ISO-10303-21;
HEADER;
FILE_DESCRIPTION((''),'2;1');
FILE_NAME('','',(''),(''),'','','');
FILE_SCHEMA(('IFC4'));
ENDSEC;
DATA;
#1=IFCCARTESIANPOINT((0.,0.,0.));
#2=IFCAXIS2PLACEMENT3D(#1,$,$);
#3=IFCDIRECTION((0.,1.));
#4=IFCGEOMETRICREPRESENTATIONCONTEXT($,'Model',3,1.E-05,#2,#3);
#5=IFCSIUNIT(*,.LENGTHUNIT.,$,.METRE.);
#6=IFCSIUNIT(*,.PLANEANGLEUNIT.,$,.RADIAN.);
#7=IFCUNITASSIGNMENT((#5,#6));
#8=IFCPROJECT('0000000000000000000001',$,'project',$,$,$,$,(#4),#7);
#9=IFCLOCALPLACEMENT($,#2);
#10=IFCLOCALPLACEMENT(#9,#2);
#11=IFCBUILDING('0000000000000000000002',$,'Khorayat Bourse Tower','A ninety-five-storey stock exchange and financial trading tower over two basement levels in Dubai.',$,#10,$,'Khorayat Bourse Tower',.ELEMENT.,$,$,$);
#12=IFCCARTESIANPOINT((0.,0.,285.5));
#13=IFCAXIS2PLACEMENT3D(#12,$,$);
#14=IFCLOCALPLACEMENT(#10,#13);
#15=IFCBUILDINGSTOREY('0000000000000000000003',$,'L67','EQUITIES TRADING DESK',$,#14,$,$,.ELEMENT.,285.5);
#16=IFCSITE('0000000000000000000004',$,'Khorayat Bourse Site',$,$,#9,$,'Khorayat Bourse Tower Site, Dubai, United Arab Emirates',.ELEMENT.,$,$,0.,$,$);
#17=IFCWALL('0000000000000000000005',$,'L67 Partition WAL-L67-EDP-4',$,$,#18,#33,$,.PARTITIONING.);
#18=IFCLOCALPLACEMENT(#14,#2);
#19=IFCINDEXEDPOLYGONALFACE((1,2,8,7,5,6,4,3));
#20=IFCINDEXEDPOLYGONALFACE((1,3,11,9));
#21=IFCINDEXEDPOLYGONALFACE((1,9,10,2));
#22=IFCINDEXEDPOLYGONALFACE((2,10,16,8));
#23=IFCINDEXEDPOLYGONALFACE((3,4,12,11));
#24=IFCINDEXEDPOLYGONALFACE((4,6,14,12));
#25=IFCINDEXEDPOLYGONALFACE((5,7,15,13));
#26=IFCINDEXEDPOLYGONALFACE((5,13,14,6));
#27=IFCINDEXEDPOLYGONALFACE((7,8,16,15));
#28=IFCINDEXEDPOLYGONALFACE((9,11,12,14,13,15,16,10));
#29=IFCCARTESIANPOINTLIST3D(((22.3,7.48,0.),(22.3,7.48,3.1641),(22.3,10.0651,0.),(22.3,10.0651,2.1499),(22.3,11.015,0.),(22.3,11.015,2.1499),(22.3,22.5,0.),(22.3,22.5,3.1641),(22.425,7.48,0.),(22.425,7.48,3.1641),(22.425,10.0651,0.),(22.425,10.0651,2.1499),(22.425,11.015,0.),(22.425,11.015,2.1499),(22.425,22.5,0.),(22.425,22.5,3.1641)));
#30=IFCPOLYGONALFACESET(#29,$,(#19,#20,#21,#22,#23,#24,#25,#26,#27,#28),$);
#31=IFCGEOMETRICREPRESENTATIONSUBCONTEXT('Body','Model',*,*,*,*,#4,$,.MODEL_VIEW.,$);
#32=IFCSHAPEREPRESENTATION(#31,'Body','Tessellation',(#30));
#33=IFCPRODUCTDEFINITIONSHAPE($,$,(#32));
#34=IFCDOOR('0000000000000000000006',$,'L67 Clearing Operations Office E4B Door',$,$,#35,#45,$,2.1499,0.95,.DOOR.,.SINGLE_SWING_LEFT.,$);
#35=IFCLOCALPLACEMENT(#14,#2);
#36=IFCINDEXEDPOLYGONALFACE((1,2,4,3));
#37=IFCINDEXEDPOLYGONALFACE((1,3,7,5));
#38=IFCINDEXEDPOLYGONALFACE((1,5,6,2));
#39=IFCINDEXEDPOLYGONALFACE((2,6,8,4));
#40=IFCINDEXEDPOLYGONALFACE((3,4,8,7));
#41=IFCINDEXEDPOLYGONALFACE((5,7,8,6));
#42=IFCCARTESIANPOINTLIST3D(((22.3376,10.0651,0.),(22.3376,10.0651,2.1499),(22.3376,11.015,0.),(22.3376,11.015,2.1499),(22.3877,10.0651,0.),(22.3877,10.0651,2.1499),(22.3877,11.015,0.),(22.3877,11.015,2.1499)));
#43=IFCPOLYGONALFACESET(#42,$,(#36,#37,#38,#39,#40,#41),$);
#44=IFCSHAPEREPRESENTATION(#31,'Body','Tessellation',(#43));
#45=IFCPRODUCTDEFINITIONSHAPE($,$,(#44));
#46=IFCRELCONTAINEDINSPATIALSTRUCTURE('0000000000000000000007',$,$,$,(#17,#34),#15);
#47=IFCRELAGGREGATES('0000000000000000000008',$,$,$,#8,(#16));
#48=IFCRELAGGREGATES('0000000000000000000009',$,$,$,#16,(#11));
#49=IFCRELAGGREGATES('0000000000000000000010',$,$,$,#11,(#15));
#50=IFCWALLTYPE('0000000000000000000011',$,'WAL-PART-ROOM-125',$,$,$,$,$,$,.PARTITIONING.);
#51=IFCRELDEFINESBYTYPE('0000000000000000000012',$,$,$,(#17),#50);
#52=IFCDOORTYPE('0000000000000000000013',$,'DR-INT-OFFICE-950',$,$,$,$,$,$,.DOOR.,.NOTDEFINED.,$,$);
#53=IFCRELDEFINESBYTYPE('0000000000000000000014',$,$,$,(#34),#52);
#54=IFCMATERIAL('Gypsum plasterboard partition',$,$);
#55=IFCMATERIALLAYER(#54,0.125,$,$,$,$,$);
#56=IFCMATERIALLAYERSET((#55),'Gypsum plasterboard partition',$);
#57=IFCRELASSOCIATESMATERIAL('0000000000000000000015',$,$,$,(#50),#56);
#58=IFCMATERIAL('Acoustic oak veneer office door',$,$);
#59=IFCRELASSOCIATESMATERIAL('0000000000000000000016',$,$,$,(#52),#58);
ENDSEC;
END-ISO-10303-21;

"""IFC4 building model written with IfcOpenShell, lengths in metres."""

from ifc_helpers import new_model, si_unit, direction, frame, frame_2d, origin, place, context, subcontext, project, spatial, rectangle, extrude, source, transform, mapped, material, layer, layer_set, type_object, element, fill, save


model = new_model("IFC4")

# Units and contexts
model_context = context("Model", 3, precision=1e-05, world=origin(), true_north=direction((0.0, 1.0)))
body_context = subcontext(model_context, "Body", "Model", "MODEL_VIEW")
ifc_project = project(units=[si_unit("LENGTHUNIT", "METRE"), si_unit("PLANEANGLEUNIT", "RADIAN")], contexts=[model_context])

# Site, building, storey
site_placement = place(None, origin())
site = spatial("IfcSite", under=ifc_project, at=site_placement, Name="Khorayat Bourse Site", LongName="Khorayat Bourse Tower Site, Dubai, United Arab Emirates", CompositionType="ELEMENT", RefElevation=0.0)
building_placement = place(site_placement, origin())
building = spatial("IfcBuilding", under=site, at=building_placement, Name="Khorayat Bourse Tower", Description="A ninety-five-storey stock exchange and financial trading tower over two basement levels in Dubai.", LongName="Khorayat Bourse Tower", CompositionType="ELEMENT")
storey_placement = place(building_placement, frame((0.0, 0.0, 285.5)))
storey = spatial("IfcBuildingStorey", under=building, at=storey_placement, Name="L67", Description="EQUITIES TRADING DESK", CompositionType="ELEMENT", Elevation=285.5)

# Shared definitions
ifc_material_1 = material(Name="Gypsum plasterboard partition")
ifc_layer_1 = layer(ifc_material_1, 0.125)
ifc_layer_set_1 = layer_set([ifc_layer_1], Name="Gypsum plasterboard partition")
wall_type_1 = type_object("IfcWallType", Name="WAL-PART-ROOM-125", PredefinedType="PARTITIONING", material=ifc_layer_set_1)

# Wall, opening, door
shared_shape_1 = source(origin(), body_context, "Body", "SweptSolid", [
    extrude(rectangle(XDim=0.95, YDim=2.1499, at=frame_2d((0.4751, 1.075))), frame((0.0, 0.0725, 0.0), z_axis=(0.0, -1.0, 0.0), x_axis=(1.0, 0.0, 0.0)), (0.0, 0.0, 1.0), 0.145),
])
ifc_material_2 = material(Name="Acoustic oak veneer office door")
door_type = type_object("IfcDoorType", Name="DR-INT-OFFICE-950", OperationType="NOTDEFINED", PredefinedType="DOOR", material=ifc_material_2)
shared_shape_2 = source(origin(), body_context, "Body", "SweptSolid", [
    extrude(rectangle(XDim=0.95, YDim=2.1499, at=frame_2d((0.4751, 1.075))), frame((0.0, 0.0249, 0.0), z_axis=(0.0, -1.0, 0.0), x_axis=(1.0, 0.0, 0.0)), (0.0, 0.0, 1.0), 0.05),
])
shared_shape_3 = source(origin(), body_context, "Body", "SweptSolid", [
    extrude(rectangle(XDim=15.02, YDim=0.125, at=frame_2d((7.51, 0.0))), origin(), (0.0, 0.0, 1.0), 3.1641),
])
wall_1_placement = place(storey_placement, frame((22.3625, 7.48, 0.0), z_axis=(0.0, 0.0, 1.0), x_axis=(0.0, 1.0, 0.0)))
wall_1 = element("IfcWall", 1, at=wall_1_placement, inside=storey, type_object=wall_type_1, Name="L67 Partition WAL-L67-EDP-4", PredefinedType="PARTITIONING", context=body_context, shape_type="MappedRepresentation", body=[
    mapped(shared_shape_3, transform((0.0, 0.0, 0.0), scale=1.0)),
])
opening_1_placement = place(wall_1_placement, frame((2.585, 0.0, 0.0)))
opening_1 = element("IfcOpeningElement", 2, at=opening_1_placement, cuts=wall_1, PredefinedType="OPENING", context=body_context, shape_type="MappedRepresentation", body=[
    mapped(shared_shape_1, transform((0.0, 0.0, 0.0), scale=1.0)),
])
door_1_placement = place(opening_1_placement, origin())
door_1 = element("IfcDoor", 3, at=door_1_placement, inside=storey, type_object=door_type, Name="L67 Clearing Operations Office E4B Door", OperationType="SINGLE_SWING_LEFT", OverallHeight=2.1499, OverallWidth=0.95, PredefinedType="DOOR", context=body_context, shape_type="MappedRepresentation", body=[
    mapped(shared_shape_2, transform((0.0, 0.0, 0.0), scale=1.0)),
])
fill(opening_1, door_1)

save(model, "model.ifc")
